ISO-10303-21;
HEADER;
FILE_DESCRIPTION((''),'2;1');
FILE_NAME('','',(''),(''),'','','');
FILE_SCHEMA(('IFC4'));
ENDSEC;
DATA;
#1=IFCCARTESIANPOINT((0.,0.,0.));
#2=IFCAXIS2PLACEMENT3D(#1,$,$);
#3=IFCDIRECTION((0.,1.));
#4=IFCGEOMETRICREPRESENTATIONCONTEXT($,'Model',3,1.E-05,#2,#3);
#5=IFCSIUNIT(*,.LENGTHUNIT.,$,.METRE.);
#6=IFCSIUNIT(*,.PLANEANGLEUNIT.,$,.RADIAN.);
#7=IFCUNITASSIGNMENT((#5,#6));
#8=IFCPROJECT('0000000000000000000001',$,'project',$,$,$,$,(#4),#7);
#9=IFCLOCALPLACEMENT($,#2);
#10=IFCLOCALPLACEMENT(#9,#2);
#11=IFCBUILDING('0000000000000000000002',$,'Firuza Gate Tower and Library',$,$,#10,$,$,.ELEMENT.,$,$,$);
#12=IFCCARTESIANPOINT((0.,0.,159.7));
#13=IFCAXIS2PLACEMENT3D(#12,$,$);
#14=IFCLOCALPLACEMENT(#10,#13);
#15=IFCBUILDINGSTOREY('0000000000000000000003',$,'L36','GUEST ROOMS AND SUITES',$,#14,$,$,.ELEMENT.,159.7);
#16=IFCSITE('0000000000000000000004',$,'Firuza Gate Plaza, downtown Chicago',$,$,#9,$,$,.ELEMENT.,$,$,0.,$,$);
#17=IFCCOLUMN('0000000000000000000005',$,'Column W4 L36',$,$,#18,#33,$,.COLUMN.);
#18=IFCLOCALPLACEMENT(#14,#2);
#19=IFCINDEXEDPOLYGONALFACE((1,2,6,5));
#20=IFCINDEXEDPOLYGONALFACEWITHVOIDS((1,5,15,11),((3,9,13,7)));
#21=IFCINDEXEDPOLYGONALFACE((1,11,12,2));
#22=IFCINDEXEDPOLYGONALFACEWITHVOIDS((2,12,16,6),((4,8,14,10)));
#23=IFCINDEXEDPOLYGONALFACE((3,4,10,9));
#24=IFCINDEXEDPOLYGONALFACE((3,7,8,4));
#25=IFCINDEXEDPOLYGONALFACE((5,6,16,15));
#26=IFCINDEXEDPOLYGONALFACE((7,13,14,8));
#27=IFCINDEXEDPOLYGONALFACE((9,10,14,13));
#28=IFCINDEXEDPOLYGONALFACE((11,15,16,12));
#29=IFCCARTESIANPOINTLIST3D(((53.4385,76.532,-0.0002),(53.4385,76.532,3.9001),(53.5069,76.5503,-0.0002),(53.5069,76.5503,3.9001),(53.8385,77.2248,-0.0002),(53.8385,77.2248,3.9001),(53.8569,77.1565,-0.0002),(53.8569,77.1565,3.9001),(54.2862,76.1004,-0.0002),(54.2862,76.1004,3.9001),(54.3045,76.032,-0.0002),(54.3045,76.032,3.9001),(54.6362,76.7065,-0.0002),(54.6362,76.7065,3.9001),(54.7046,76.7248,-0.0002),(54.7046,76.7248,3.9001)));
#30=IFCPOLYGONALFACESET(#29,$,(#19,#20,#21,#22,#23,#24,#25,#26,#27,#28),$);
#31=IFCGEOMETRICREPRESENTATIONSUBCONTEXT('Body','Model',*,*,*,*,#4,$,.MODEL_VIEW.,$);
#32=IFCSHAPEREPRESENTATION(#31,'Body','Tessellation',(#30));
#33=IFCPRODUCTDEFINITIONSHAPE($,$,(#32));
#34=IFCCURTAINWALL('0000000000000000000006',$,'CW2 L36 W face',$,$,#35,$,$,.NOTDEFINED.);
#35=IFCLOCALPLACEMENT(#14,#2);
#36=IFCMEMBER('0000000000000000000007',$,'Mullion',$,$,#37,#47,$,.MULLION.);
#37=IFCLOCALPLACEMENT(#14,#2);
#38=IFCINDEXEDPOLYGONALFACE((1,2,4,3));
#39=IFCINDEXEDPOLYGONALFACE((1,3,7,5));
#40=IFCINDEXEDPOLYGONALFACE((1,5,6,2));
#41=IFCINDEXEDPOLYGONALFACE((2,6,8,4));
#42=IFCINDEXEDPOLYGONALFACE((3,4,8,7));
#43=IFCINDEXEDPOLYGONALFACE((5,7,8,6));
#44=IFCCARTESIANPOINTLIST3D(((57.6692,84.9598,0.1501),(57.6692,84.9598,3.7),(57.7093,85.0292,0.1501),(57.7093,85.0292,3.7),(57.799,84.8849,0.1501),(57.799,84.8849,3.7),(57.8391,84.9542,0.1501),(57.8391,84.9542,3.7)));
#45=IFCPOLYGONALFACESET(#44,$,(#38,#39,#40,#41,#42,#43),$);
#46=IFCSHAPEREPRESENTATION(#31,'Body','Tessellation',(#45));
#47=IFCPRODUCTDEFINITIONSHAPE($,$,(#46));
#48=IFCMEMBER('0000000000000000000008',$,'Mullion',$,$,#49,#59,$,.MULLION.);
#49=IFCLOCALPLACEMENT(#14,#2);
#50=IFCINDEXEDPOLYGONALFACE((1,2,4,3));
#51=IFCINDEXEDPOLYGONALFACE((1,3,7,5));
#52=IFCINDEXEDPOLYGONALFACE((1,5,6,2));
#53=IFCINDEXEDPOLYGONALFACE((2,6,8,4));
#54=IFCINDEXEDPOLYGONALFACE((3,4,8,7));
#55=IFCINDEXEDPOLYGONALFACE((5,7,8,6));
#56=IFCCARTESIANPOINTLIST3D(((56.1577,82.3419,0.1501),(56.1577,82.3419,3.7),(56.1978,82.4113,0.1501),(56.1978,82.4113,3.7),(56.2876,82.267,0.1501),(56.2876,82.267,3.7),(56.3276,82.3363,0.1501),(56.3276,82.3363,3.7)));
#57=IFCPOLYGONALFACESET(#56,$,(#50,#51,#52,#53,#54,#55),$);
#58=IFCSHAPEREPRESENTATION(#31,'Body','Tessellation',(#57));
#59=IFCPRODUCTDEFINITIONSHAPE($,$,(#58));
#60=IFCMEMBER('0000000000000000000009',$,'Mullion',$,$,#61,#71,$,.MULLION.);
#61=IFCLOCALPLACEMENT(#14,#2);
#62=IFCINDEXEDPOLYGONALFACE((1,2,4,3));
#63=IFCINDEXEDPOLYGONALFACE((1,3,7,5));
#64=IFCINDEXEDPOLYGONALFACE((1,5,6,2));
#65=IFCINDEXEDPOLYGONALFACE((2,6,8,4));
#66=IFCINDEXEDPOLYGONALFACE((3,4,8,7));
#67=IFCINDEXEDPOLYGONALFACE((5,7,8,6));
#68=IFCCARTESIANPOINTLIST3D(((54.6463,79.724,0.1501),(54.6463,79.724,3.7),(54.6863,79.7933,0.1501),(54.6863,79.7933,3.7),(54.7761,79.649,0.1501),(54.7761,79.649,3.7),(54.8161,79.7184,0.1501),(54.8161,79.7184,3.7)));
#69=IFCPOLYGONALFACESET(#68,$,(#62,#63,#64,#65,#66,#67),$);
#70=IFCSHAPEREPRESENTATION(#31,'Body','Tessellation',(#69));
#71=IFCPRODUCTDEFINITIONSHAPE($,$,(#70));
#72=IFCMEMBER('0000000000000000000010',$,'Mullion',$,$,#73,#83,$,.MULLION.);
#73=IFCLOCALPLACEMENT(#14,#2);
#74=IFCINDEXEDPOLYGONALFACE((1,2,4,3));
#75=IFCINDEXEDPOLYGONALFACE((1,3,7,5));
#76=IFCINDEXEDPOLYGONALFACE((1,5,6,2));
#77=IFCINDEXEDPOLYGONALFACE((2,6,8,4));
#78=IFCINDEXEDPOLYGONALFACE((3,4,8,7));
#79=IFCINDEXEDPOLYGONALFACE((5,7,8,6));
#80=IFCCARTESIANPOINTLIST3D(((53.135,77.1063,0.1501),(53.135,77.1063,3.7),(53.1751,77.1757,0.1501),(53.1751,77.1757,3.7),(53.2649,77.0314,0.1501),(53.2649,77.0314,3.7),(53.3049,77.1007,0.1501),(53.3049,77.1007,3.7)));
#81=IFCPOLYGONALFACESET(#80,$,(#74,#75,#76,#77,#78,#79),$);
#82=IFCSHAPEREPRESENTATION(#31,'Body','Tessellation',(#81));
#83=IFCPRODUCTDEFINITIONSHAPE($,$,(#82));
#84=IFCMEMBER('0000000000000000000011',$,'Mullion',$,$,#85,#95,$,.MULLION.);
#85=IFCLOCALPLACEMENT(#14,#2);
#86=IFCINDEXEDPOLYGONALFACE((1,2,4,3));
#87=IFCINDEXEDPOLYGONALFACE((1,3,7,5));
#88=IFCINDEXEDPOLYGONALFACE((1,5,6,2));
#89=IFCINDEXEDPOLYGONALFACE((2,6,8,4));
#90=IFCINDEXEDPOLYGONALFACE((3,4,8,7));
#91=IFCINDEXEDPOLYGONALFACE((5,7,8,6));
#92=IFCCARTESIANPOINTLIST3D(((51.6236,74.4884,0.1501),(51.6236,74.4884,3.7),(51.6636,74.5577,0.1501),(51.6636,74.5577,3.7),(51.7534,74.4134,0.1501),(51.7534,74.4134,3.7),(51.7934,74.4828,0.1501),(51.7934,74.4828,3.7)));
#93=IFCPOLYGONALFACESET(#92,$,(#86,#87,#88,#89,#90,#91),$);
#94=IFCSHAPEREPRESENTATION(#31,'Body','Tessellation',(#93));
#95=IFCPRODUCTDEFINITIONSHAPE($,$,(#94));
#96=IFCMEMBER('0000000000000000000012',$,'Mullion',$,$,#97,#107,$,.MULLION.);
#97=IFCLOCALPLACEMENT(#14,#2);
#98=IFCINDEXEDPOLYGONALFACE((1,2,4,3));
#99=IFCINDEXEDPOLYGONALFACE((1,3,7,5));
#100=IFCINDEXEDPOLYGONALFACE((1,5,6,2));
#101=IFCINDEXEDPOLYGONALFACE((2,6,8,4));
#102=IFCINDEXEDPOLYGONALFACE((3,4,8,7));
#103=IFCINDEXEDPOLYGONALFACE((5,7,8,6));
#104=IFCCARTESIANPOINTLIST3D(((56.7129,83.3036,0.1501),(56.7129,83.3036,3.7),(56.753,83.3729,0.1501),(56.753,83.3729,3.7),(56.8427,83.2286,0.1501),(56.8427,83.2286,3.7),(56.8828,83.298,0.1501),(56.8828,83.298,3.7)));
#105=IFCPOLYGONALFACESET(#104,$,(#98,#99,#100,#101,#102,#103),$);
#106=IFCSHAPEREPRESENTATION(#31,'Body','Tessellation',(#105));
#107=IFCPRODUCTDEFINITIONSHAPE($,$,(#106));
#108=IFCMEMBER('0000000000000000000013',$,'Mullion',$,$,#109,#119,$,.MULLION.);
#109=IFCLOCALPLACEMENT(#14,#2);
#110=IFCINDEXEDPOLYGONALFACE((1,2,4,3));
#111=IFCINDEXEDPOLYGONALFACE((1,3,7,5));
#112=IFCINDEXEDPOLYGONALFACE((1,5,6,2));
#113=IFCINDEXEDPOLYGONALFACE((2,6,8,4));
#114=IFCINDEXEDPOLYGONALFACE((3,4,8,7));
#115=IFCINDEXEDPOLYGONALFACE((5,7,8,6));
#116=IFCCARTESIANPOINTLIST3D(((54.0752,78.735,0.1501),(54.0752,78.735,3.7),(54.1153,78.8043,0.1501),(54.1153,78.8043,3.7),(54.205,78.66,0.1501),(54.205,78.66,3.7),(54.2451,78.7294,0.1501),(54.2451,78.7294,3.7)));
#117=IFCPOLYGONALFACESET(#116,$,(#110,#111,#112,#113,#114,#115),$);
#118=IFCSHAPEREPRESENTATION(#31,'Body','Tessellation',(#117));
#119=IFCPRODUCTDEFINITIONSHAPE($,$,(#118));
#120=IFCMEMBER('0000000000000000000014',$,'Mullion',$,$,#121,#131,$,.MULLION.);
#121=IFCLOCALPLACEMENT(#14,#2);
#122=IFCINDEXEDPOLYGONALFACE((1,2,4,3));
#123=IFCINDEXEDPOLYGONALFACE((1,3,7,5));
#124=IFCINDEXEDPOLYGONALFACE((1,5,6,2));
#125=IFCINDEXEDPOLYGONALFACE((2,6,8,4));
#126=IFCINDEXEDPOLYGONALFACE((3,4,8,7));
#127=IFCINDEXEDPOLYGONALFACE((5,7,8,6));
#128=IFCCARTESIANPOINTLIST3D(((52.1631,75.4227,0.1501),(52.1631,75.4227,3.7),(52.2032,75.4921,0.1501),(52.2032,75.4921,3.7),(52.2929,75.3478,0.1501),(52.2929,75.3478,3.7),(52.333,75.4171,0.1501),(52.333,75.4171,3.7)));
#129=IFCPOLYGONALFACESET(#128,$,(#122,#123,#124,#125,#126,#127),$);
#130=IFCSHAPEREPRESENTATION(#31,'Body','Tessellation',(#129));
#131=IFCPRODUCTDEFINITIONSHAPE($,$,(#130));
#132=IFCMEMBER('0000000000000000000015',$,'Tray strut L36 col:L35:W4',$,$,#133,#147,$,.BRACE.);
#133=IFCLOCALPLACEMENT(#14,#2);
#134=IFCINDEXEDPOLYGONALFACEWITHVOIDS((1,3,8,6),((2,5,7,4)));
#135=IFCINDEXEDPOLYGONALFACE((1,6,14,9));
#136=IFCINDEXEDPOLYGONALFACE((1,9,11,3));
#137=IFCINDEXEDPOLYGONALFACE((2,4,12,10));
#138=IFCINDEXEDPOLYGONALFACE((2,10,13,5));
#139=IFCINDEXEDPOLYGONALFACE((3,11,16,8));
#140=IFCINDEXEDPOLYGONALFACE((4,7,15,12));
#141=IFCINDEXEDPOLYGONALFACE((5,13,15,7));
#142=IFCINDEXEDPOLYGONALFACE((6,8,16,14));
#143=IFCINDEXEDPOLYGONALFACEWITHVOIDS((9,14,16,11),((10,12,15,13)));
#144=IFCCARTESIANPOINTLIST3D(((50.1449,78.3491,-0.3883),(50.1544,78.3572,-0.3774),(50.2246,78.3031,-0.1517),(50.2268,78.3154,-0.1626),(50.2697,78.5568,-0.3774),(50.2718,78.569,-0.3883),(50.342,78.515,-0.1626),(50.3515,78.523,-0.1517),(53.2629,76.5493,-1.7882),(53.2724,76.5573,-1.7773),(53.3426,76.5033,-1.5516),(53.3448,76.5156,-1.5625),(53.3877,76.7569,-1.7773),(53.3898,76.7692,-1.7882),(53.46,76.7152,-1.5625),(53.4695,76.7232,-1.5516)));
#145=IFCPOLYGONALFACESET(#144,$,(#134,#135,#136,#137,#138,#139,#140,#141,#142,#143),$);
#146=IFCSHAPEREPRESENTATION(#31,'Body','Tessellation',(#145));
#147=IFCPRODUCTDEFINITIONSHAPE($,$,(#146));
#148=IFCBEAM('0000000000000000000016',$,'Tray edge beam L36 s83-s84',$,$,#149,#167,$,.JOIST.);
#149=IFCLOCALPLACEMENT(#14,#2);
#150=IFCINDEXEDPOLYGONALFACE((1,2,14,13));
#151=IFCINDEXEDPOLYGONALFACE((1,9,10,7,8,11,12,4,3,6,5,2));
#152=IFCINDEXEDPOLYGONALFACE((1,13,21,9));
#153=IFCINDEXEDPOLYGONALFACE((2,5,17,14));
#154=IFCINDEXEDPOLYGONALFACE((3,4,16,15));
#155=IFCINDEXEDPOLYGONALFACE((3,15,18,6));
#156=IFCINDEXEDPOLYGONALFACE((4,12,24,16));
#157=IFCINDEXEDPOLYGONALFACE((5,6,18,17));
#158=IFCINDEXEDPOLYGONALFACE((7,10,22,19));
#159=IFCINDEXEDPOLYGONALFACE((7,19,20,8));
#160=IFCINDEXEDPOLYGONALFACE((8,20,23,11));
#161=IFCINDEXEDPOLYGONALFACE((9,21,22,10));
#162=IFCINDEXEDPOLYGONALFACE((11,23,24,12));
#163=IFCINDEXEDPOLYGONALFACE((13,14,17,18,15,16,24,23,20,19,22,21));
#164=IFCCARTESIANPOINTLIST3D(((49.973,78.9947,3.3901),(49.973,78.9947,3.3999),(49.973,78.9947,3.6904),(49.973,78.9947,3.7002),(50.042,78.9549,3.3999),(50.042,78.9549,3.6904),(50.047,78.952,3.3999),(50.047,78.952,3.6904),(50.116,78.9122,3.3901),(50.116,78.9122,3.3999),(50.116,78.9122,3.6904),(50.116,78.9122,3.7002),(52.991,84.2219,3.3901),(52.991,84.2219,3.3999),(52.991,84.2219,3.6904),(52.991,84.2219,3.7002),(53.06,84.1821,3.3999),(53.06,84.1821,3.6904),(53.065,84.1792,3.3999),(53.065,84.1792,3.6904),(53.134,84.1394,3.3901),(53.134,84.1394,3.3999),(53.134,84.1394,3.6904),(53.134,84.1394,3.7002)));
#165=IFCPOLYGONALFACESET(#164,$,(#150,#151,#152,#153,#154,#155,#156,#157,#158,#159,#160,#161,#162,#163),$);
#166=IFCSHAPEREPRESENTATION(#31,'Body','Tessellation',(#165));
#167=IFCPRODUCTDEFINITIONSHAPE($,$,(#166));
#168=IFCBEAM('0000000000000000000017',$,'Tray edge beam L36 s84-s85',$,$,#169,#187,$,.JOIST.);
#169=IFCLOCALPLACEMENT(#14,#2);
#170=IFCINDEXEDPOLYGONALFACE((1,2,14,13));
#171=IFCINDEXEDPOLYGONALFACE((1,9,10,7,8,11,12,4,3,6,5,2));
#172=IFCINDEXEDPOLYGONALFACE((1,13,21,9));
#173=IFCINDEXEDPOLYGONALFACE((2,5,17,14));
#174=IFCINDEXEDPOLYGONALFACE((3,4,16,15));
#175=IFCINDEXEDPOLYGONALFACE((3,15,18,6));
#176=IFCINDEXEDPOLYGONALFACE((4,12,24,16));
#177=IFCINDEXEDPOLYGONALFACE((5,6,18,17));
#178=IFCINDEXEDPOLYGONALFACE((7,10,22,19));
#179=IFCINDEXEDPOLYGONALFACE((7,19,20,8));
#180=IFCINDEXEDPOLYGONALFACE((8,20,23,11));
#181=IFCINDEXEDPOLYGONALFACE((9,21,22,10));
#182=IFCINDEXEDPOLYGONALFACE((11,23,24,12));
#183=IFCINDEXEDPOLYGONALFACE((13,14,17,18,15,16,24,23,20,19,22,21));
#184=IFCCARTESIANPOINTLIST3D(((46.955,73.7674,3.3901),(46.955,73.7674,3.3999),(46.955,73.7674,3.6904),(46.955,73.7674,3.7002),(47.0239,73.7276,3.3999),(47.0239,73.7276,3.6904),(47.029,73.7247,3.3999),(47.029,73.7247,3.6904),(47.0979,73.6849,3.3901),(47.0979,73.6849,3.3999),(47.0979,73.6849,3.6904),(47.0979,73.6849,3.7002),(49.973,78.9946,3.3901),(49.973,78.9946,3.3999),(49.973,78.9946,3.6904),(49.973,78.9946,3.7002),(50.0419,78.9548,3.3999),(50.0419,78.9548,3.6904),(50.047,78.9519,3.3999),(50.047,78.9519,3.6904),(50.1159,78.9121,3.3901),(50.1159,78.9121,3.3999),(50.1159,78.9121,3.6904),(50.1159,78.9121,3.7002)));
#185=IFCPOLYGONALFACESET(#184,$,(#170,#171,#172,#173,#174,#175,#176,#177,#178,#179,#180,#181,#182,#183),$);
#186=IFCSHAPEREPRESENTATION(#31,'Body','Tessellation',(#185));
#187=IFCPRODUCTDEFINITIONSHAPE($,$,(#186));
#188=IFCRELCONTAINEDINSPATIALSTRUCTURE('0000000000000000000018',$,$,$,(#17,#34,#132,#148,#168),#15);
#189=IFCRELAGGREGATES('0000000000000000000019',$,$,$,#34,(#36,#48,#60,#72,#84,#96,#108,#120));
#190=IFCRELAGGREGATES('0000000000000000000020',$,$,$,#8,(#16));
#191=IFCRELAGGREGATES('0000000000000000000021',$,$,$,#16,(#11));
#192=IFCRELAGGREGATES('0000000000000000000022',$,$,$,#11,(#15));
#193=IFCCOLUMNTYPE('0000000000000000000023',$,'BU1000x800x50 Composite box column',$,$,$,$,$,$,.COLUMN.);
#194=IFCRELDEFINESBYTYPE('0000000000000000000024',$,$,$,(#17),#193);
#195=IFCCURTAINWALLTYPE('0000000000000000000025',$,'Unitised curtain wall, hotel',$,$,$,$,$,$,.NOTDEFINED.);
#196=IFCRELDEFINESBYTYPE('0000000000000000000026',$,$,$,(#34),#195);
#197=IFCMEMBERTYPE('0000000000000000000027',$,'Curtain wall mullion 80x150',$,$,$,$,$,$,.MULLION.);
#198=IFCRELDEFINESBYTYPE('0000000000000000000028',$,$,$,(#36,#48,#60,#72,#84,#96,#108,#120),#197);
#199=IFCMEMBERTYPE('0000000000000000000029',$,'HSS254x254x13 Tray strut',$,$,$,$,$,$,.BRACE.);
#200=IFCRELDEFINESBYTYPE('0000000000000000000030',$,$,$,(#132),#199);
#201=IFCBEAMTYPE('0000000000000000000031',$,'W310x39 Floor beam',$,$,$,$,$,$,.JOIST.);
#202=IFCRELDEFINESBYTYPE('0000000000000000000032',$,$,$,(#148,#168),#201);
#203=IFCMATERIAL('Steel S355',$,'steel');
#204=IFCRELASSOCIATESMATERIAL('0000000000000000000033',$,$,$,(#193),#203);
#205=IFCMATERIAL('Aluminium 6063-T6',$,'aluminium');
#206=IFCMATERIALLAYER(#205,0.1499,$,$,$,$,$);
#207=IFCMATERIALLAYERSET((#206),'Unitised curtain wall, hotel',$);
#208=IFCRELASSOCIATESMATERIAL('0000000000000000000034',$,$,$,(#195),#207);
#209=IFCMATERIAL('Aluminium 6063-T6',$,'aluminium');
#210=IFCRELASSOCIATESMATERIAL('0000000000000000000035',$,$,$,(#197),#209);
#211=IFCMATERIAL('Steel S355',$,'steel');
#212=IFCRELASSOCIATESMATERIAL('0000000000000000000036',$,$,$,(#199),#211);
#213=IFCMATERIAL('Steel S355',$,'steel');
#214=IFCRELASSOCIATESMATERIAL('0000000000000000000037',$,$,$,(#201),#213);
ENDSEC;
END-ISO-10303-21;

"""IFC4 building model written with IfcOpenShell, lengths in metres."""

from ifc_helpers import new_model, si_unit, direction, frame, origin, origin_2d, place, context, subcontext, project, spatial, rectangle, hollow_rectangle, i_section, extrude, material, layer, layer_set, material_profile, profile_set, type_object, element, aggregate, save


model = new_model("IFC4")

# Units and contexts
model_context = context("Model", 3, precision=1e-05, world=origin(), true_north=direction((0.0, 1.0)))
body_context = subcontext(model_context, "Body", "Model", "MODEL_VIEW")
ifc_project = project(units=[si_unit("LENGTHUNIT", "METRE"), si_unit("PLANEANGLEUNIT", "RADIAN")], contexts=[model_context])

# Site, building, storey
site_placement = place(None, origin())
site = spatial("IfcSite", under=ifc_project, at=site_placement, Name="Firuza Gate Plaza, downtown Chicago", CompositionType="ELEMENT", RefElevation=0.0)
building_placement = place(site_placement, origin())
building = spatial("IfcBuilding", under=site, at=building_placement, Name="Firuza Gate Tower and Library", CompositionType="ELEMENT")
storey_placement = place(building_placement, frame((0.0, 0.0, 159.7)))
storey = spatial("IfcBuildingStorey", under=building, at=storey_placement, Name="L36", Description="GUEST ROOMS AND SUITES", CompositionType="ELEMENT", Elevation=159.7)

# Column
ifc_material_1 = material(Name="Steel S355", Category="steel")
ifc_material_profile_1 = material_profile(ifc_material_1, hollow_rectangle(XDim=0.8, YDim=1.0, WallThickness=0.05, at=origin_2d()))
ifc_profile_set_1 = profile_set([ifc_material_profile_1], Name="Steel S355")
column_type = type_object("IfcColumnType", Name="BU1000x800x50 Composite box column", PredefinedType="COLUMN", material=ifc_profile_set_1)
column_placement = place(storey_placement, frame((54.0715, 76.6284, -0.0002), z_axis=(0.0, 0.0, 1.0), x_axis=(-0.5, -0.866025, 0.0)))
element("IfcColumn", 1, at=column_placement, inside=storey, type_object=column_type, Name="Column W4 L36", PredefinedType="COLUMN", context=body_context, shape_type="SweptSolid", body=[
    extrude(hollow_rectangle(XDim=0.8, YDim=1.0, WallThickness=0.05, at=origin_2d()), origin(), (0.0, 0.0, 1.0), 3.9004),
])

# Curtain wall, members
ifc_material_2 = material(Name="Aluminium 6063-T6", Category="aluminium")
ifc_layer_1 = layer(ifc_material_2, 0.1499)
ifc_layer_set_1 = layer_set([ifc_layer_1], Name="Unitised curtain wall, hotel")
curtain_wall_type = type_object("IfcCurtainWallType", Name="Unitised curtain wall, hotel", PredefinedType="NOTDEFINED", material=ifc_layer_set_1)
curtain_wall_placement = place(storey_placement, origin())
curtain_wall = element("IfcCurtainWall", 2, at=curtain_wall_placement, inside=storey, type_object=curtain_wall_type, Name="CW2 L36 W face", PredefinedType="NOTDEFINED")
ifc_material_3 = material(Name="Aluminium 6063-T6", Category="aluminium")
ifc_material_profile_2 = material_profile(ifc_material_3, rectangle(XDim=0.1499, YDim=0.0801, at=origin_2d()))
ifc_profile_set_2 = profile_set([ifc_material_profile_2], Name="Aluminium 6063-T6")
member_type_1 = type_object("IfcMemberType", Name="Curtain wall mullion 80x150", PredefinedType="MULLION", material=ifc_profile_set_2)
member_1_placement = place(storey_placement, frame((57.7542, 84.957, 0.1501), z_axis=(0.0, 0.0, 1.0), x_axis=(0.866025, -0.5, 0.0)))
member_1 = element("IfcMember", 3, at=member_1_placement, type_object=member_type_1, Name="Mullion", PredefinedType="MULLION", context=body_context, shape_type="SweptSolid", body=[
    extrude(rectangle(XDim=0.1499, YDim=0.0801, at=origin_2d()), origin(), (0.0, 0.0, 1.0), 3.5498),
])
member_2_placement = place(storey_placement, frame((56.2427, 82.3391, 0.1501), z_axis=(0.0, 0.0, 1.0), x_axis=(0.866025, -0.5, 0.0)))
member_2 = element("IfcMember", 4, at=member_2_placement, type_object=member_type_1, Name="Mullion", PredefinedType="MULLION", context=body_context, shape_type="SweptSolid", body=[
    extrude(rectangle(XDim=0.1499, YDim=0.0801, at=origin_2d()), origin(), (0.0, 0.0, 1.0), 3.5498),
])
member_3_placement = place(storey_placement, frame((54.7312, 79.7212, 0.1501), z_axis=(0.0, 0.0, 1.0), x_axis=(0.866025, -0.5, 0.0)))
member_3 = element("IfcMember", 5, at=member_3_placement, type_object=member_type_1, Name="Mullion", PredefinedType="MULLION", context=body_context, shape_type="SweptSolid", body=[
    extrude(rectangle(XDim=0.1499, YDim=0.0801, at=origin_2d()), origin(), (0.0, 0.0, 1.0), 3.5498),
])
member_4_placement = place(storey_placement, frame((53.22, 77.1035, 0.1501), z_axis=(0.0, 0.0, 1.0), x_axis=(0.866025, -0.5, 0.0)))
member_4 = element("IfcMember", 6, at=member_4_placement, type_object=member_type_1, Name="Mullion", PredefinedType="MULLION", context=body_context, shape_type="SweptSolid", body=[
    extrude(rectangle(XDim=0.1499, YDim=0.0801, at=origin_2d()), origin(), (0.0, 0.0, 1.0), 3.5498),
])
member_5_placement = place(storey_placement, frame((51.7085, 74.4856, 0.1501), z_axis=(0.0, 0.0, 1.0), x_axis=(0.866025, -0.5, 0.0)))
member_5 = element("IfcMember", 7, at=member_5_placement, type_object=member_type_1, Name="Mullion", PredefinedType="MULLION", context=body_context, shape_type="SweptSolid", body=[
    extrude(rectangle(XDim=0.1499, YDim=0.0801, at=origin_2d()), origin(), (0.0, 0.0, 1.0), 3.5498),
])
member_6_placement = place(storey_placement, frame((56.7979, 83.3008, 0.1501), z_axis=(0.0, 0.0, 1.0), x_axis=(0.866025, -0.5, 0.0)))
member_6 = element("IfcMember", 8, at=member_6_placement, type_object=member_type_1, Name="Mullion", PredefinedType="MULLION", context=body_context, shape_type="SweptSolid", body=[
    extrude(rectangle(XDim=0.1499, YDim=0.0801, at=origin_2d()), origin(), (0.0, 0.0, 1.0), 3.5498),
])
member_7_placement = place(storey_placement, frame((54.1602, 78.7322, 0.1501), z_axis=(0.0, 0.0, 1.0), x_axis=(0.866025, -0.5, 0.0)))
member_7 = element("IfcMember", 9, at=member_7_placement, type_object=member_type_1, Name="Mullion", PredefinedType="MULLION", context=body_context, shape_type="SweptSolid", body=[
    extrude(rectangle(XDim=0.1499, YDim=0.0801, at=origin_2d()), origin(), (0.0, 0.0, 1.0), 3.5498),
])
member_8_placement = place(storey_placement, frame((52.248, 75.4199, 0.1501), z_axis=(0.0, 0.0, 1.0), x_axis=(0.866025, -0.5, 0.0)))
member_8 = element("IfcMember", 10, at=member_8_placement, type_object=member_type_1, Name="Mullion", PredefinedType="MULLION", context=body_context, shape_type="SweptSolid", body=[
    extrude(rectangle(XDim=0.1499, YDim=0.0801, at=origin_2d()), origin(), (0.0, 0.0, 1.0), 3.5498),
])

# Member
ifc_material_4 = material(Name="Steel S355", Category="steel")
ifc_material_profile_3 = material_profile(ifc_material_4, hollow_rectangle(XDim=0.2539, YDim=0.2539, WallThickness=0.0117, at=origin_2d()))
ifc_profile_set_3 = profile_set([ifc_material_profile_3], Name="Steel S355")
member_type_2 = type_object("IfcMemberType", Name="HSS254x254x13 Tray strut", PredefinedType="BRACE", material=ifc_profile_set_3)
member_9_placement = place(storey_placement, frame((53.3662, 76.6362, -1.6699), z_axis=(-0.807187, 0.465945, 0.362416), x_axis=(-0.499932, -0.866065, 0.0)))
element("IfcMember", 11, at=member_9_placement, inside=storey, type_object=member_type_2, Name="Tray strut L36 col:L35:W4", PredefinedType="BRACE", context=body_context, shape_type="SweptSolid", body=[
    extrude(hollow_rectangle(XDim=0.2539, YDim=0.2539, WallThickness=0.0117, at=origin_2d()), origin(), (0.0, 0.0, 1.0), 3.8628),
])

# Beams
ifc_material_5 = material(Name="Steel S355", Category="steel")
ifc_material_profile_4 = material_profile(ifc_material_5, i_section(OverallWidth=0.165, OverallDepth=0.3101, WebThickness=0.0059, FlangeThickness=0.0098, at=origin_2d()))
ifc_profile_set_4 = profile_set([ifc_material_profile_4], Name="Steel S355")
beam_type_1 = type_object("IfcBeamType", Name="W310x39 Floor beam", PredefinedType="JOIST", material=ifc_profile_set_4)
for number, where, z_axis, x_axis, name in (
    (12, (53.0625, 84.1807, 3.5452), (-0.500011, -0.866019, 0.0), (0.866019, -0.500011, 0.0), "Tray edge beam L36 s83-s84"),
    (13, (50.0444, 78.9534, 3.5452), (-0.500011, -0.866019, 0.0), (0.866019, -0.500011, 0.0), "Tray edge beam L36 s84-s85"),
):
    element("IfcBeam", number, at=place(storey_placement, frame(where, z_axis=z_axis, x_axis=x_axis)), inside=storey, type_object=beam_type_1, Name=name, PredefinedType="JOIST", context=body_context, shape_type="SweptSolid", body=[
        extrude(i_section(OverallWidth=0.165, OverallDepth=0.3101, WebThickness=0.0059, FlangeThickness=0.0098, at=origin_2d()), origin(), (0.0, 0.0, 1.0), 6.0359),
    ])

aggregate(curtain_wall, [member_1, member_2, member_3, member_4, member_5, member_6, member_7, member_8])

save(model, "model.ifc")
